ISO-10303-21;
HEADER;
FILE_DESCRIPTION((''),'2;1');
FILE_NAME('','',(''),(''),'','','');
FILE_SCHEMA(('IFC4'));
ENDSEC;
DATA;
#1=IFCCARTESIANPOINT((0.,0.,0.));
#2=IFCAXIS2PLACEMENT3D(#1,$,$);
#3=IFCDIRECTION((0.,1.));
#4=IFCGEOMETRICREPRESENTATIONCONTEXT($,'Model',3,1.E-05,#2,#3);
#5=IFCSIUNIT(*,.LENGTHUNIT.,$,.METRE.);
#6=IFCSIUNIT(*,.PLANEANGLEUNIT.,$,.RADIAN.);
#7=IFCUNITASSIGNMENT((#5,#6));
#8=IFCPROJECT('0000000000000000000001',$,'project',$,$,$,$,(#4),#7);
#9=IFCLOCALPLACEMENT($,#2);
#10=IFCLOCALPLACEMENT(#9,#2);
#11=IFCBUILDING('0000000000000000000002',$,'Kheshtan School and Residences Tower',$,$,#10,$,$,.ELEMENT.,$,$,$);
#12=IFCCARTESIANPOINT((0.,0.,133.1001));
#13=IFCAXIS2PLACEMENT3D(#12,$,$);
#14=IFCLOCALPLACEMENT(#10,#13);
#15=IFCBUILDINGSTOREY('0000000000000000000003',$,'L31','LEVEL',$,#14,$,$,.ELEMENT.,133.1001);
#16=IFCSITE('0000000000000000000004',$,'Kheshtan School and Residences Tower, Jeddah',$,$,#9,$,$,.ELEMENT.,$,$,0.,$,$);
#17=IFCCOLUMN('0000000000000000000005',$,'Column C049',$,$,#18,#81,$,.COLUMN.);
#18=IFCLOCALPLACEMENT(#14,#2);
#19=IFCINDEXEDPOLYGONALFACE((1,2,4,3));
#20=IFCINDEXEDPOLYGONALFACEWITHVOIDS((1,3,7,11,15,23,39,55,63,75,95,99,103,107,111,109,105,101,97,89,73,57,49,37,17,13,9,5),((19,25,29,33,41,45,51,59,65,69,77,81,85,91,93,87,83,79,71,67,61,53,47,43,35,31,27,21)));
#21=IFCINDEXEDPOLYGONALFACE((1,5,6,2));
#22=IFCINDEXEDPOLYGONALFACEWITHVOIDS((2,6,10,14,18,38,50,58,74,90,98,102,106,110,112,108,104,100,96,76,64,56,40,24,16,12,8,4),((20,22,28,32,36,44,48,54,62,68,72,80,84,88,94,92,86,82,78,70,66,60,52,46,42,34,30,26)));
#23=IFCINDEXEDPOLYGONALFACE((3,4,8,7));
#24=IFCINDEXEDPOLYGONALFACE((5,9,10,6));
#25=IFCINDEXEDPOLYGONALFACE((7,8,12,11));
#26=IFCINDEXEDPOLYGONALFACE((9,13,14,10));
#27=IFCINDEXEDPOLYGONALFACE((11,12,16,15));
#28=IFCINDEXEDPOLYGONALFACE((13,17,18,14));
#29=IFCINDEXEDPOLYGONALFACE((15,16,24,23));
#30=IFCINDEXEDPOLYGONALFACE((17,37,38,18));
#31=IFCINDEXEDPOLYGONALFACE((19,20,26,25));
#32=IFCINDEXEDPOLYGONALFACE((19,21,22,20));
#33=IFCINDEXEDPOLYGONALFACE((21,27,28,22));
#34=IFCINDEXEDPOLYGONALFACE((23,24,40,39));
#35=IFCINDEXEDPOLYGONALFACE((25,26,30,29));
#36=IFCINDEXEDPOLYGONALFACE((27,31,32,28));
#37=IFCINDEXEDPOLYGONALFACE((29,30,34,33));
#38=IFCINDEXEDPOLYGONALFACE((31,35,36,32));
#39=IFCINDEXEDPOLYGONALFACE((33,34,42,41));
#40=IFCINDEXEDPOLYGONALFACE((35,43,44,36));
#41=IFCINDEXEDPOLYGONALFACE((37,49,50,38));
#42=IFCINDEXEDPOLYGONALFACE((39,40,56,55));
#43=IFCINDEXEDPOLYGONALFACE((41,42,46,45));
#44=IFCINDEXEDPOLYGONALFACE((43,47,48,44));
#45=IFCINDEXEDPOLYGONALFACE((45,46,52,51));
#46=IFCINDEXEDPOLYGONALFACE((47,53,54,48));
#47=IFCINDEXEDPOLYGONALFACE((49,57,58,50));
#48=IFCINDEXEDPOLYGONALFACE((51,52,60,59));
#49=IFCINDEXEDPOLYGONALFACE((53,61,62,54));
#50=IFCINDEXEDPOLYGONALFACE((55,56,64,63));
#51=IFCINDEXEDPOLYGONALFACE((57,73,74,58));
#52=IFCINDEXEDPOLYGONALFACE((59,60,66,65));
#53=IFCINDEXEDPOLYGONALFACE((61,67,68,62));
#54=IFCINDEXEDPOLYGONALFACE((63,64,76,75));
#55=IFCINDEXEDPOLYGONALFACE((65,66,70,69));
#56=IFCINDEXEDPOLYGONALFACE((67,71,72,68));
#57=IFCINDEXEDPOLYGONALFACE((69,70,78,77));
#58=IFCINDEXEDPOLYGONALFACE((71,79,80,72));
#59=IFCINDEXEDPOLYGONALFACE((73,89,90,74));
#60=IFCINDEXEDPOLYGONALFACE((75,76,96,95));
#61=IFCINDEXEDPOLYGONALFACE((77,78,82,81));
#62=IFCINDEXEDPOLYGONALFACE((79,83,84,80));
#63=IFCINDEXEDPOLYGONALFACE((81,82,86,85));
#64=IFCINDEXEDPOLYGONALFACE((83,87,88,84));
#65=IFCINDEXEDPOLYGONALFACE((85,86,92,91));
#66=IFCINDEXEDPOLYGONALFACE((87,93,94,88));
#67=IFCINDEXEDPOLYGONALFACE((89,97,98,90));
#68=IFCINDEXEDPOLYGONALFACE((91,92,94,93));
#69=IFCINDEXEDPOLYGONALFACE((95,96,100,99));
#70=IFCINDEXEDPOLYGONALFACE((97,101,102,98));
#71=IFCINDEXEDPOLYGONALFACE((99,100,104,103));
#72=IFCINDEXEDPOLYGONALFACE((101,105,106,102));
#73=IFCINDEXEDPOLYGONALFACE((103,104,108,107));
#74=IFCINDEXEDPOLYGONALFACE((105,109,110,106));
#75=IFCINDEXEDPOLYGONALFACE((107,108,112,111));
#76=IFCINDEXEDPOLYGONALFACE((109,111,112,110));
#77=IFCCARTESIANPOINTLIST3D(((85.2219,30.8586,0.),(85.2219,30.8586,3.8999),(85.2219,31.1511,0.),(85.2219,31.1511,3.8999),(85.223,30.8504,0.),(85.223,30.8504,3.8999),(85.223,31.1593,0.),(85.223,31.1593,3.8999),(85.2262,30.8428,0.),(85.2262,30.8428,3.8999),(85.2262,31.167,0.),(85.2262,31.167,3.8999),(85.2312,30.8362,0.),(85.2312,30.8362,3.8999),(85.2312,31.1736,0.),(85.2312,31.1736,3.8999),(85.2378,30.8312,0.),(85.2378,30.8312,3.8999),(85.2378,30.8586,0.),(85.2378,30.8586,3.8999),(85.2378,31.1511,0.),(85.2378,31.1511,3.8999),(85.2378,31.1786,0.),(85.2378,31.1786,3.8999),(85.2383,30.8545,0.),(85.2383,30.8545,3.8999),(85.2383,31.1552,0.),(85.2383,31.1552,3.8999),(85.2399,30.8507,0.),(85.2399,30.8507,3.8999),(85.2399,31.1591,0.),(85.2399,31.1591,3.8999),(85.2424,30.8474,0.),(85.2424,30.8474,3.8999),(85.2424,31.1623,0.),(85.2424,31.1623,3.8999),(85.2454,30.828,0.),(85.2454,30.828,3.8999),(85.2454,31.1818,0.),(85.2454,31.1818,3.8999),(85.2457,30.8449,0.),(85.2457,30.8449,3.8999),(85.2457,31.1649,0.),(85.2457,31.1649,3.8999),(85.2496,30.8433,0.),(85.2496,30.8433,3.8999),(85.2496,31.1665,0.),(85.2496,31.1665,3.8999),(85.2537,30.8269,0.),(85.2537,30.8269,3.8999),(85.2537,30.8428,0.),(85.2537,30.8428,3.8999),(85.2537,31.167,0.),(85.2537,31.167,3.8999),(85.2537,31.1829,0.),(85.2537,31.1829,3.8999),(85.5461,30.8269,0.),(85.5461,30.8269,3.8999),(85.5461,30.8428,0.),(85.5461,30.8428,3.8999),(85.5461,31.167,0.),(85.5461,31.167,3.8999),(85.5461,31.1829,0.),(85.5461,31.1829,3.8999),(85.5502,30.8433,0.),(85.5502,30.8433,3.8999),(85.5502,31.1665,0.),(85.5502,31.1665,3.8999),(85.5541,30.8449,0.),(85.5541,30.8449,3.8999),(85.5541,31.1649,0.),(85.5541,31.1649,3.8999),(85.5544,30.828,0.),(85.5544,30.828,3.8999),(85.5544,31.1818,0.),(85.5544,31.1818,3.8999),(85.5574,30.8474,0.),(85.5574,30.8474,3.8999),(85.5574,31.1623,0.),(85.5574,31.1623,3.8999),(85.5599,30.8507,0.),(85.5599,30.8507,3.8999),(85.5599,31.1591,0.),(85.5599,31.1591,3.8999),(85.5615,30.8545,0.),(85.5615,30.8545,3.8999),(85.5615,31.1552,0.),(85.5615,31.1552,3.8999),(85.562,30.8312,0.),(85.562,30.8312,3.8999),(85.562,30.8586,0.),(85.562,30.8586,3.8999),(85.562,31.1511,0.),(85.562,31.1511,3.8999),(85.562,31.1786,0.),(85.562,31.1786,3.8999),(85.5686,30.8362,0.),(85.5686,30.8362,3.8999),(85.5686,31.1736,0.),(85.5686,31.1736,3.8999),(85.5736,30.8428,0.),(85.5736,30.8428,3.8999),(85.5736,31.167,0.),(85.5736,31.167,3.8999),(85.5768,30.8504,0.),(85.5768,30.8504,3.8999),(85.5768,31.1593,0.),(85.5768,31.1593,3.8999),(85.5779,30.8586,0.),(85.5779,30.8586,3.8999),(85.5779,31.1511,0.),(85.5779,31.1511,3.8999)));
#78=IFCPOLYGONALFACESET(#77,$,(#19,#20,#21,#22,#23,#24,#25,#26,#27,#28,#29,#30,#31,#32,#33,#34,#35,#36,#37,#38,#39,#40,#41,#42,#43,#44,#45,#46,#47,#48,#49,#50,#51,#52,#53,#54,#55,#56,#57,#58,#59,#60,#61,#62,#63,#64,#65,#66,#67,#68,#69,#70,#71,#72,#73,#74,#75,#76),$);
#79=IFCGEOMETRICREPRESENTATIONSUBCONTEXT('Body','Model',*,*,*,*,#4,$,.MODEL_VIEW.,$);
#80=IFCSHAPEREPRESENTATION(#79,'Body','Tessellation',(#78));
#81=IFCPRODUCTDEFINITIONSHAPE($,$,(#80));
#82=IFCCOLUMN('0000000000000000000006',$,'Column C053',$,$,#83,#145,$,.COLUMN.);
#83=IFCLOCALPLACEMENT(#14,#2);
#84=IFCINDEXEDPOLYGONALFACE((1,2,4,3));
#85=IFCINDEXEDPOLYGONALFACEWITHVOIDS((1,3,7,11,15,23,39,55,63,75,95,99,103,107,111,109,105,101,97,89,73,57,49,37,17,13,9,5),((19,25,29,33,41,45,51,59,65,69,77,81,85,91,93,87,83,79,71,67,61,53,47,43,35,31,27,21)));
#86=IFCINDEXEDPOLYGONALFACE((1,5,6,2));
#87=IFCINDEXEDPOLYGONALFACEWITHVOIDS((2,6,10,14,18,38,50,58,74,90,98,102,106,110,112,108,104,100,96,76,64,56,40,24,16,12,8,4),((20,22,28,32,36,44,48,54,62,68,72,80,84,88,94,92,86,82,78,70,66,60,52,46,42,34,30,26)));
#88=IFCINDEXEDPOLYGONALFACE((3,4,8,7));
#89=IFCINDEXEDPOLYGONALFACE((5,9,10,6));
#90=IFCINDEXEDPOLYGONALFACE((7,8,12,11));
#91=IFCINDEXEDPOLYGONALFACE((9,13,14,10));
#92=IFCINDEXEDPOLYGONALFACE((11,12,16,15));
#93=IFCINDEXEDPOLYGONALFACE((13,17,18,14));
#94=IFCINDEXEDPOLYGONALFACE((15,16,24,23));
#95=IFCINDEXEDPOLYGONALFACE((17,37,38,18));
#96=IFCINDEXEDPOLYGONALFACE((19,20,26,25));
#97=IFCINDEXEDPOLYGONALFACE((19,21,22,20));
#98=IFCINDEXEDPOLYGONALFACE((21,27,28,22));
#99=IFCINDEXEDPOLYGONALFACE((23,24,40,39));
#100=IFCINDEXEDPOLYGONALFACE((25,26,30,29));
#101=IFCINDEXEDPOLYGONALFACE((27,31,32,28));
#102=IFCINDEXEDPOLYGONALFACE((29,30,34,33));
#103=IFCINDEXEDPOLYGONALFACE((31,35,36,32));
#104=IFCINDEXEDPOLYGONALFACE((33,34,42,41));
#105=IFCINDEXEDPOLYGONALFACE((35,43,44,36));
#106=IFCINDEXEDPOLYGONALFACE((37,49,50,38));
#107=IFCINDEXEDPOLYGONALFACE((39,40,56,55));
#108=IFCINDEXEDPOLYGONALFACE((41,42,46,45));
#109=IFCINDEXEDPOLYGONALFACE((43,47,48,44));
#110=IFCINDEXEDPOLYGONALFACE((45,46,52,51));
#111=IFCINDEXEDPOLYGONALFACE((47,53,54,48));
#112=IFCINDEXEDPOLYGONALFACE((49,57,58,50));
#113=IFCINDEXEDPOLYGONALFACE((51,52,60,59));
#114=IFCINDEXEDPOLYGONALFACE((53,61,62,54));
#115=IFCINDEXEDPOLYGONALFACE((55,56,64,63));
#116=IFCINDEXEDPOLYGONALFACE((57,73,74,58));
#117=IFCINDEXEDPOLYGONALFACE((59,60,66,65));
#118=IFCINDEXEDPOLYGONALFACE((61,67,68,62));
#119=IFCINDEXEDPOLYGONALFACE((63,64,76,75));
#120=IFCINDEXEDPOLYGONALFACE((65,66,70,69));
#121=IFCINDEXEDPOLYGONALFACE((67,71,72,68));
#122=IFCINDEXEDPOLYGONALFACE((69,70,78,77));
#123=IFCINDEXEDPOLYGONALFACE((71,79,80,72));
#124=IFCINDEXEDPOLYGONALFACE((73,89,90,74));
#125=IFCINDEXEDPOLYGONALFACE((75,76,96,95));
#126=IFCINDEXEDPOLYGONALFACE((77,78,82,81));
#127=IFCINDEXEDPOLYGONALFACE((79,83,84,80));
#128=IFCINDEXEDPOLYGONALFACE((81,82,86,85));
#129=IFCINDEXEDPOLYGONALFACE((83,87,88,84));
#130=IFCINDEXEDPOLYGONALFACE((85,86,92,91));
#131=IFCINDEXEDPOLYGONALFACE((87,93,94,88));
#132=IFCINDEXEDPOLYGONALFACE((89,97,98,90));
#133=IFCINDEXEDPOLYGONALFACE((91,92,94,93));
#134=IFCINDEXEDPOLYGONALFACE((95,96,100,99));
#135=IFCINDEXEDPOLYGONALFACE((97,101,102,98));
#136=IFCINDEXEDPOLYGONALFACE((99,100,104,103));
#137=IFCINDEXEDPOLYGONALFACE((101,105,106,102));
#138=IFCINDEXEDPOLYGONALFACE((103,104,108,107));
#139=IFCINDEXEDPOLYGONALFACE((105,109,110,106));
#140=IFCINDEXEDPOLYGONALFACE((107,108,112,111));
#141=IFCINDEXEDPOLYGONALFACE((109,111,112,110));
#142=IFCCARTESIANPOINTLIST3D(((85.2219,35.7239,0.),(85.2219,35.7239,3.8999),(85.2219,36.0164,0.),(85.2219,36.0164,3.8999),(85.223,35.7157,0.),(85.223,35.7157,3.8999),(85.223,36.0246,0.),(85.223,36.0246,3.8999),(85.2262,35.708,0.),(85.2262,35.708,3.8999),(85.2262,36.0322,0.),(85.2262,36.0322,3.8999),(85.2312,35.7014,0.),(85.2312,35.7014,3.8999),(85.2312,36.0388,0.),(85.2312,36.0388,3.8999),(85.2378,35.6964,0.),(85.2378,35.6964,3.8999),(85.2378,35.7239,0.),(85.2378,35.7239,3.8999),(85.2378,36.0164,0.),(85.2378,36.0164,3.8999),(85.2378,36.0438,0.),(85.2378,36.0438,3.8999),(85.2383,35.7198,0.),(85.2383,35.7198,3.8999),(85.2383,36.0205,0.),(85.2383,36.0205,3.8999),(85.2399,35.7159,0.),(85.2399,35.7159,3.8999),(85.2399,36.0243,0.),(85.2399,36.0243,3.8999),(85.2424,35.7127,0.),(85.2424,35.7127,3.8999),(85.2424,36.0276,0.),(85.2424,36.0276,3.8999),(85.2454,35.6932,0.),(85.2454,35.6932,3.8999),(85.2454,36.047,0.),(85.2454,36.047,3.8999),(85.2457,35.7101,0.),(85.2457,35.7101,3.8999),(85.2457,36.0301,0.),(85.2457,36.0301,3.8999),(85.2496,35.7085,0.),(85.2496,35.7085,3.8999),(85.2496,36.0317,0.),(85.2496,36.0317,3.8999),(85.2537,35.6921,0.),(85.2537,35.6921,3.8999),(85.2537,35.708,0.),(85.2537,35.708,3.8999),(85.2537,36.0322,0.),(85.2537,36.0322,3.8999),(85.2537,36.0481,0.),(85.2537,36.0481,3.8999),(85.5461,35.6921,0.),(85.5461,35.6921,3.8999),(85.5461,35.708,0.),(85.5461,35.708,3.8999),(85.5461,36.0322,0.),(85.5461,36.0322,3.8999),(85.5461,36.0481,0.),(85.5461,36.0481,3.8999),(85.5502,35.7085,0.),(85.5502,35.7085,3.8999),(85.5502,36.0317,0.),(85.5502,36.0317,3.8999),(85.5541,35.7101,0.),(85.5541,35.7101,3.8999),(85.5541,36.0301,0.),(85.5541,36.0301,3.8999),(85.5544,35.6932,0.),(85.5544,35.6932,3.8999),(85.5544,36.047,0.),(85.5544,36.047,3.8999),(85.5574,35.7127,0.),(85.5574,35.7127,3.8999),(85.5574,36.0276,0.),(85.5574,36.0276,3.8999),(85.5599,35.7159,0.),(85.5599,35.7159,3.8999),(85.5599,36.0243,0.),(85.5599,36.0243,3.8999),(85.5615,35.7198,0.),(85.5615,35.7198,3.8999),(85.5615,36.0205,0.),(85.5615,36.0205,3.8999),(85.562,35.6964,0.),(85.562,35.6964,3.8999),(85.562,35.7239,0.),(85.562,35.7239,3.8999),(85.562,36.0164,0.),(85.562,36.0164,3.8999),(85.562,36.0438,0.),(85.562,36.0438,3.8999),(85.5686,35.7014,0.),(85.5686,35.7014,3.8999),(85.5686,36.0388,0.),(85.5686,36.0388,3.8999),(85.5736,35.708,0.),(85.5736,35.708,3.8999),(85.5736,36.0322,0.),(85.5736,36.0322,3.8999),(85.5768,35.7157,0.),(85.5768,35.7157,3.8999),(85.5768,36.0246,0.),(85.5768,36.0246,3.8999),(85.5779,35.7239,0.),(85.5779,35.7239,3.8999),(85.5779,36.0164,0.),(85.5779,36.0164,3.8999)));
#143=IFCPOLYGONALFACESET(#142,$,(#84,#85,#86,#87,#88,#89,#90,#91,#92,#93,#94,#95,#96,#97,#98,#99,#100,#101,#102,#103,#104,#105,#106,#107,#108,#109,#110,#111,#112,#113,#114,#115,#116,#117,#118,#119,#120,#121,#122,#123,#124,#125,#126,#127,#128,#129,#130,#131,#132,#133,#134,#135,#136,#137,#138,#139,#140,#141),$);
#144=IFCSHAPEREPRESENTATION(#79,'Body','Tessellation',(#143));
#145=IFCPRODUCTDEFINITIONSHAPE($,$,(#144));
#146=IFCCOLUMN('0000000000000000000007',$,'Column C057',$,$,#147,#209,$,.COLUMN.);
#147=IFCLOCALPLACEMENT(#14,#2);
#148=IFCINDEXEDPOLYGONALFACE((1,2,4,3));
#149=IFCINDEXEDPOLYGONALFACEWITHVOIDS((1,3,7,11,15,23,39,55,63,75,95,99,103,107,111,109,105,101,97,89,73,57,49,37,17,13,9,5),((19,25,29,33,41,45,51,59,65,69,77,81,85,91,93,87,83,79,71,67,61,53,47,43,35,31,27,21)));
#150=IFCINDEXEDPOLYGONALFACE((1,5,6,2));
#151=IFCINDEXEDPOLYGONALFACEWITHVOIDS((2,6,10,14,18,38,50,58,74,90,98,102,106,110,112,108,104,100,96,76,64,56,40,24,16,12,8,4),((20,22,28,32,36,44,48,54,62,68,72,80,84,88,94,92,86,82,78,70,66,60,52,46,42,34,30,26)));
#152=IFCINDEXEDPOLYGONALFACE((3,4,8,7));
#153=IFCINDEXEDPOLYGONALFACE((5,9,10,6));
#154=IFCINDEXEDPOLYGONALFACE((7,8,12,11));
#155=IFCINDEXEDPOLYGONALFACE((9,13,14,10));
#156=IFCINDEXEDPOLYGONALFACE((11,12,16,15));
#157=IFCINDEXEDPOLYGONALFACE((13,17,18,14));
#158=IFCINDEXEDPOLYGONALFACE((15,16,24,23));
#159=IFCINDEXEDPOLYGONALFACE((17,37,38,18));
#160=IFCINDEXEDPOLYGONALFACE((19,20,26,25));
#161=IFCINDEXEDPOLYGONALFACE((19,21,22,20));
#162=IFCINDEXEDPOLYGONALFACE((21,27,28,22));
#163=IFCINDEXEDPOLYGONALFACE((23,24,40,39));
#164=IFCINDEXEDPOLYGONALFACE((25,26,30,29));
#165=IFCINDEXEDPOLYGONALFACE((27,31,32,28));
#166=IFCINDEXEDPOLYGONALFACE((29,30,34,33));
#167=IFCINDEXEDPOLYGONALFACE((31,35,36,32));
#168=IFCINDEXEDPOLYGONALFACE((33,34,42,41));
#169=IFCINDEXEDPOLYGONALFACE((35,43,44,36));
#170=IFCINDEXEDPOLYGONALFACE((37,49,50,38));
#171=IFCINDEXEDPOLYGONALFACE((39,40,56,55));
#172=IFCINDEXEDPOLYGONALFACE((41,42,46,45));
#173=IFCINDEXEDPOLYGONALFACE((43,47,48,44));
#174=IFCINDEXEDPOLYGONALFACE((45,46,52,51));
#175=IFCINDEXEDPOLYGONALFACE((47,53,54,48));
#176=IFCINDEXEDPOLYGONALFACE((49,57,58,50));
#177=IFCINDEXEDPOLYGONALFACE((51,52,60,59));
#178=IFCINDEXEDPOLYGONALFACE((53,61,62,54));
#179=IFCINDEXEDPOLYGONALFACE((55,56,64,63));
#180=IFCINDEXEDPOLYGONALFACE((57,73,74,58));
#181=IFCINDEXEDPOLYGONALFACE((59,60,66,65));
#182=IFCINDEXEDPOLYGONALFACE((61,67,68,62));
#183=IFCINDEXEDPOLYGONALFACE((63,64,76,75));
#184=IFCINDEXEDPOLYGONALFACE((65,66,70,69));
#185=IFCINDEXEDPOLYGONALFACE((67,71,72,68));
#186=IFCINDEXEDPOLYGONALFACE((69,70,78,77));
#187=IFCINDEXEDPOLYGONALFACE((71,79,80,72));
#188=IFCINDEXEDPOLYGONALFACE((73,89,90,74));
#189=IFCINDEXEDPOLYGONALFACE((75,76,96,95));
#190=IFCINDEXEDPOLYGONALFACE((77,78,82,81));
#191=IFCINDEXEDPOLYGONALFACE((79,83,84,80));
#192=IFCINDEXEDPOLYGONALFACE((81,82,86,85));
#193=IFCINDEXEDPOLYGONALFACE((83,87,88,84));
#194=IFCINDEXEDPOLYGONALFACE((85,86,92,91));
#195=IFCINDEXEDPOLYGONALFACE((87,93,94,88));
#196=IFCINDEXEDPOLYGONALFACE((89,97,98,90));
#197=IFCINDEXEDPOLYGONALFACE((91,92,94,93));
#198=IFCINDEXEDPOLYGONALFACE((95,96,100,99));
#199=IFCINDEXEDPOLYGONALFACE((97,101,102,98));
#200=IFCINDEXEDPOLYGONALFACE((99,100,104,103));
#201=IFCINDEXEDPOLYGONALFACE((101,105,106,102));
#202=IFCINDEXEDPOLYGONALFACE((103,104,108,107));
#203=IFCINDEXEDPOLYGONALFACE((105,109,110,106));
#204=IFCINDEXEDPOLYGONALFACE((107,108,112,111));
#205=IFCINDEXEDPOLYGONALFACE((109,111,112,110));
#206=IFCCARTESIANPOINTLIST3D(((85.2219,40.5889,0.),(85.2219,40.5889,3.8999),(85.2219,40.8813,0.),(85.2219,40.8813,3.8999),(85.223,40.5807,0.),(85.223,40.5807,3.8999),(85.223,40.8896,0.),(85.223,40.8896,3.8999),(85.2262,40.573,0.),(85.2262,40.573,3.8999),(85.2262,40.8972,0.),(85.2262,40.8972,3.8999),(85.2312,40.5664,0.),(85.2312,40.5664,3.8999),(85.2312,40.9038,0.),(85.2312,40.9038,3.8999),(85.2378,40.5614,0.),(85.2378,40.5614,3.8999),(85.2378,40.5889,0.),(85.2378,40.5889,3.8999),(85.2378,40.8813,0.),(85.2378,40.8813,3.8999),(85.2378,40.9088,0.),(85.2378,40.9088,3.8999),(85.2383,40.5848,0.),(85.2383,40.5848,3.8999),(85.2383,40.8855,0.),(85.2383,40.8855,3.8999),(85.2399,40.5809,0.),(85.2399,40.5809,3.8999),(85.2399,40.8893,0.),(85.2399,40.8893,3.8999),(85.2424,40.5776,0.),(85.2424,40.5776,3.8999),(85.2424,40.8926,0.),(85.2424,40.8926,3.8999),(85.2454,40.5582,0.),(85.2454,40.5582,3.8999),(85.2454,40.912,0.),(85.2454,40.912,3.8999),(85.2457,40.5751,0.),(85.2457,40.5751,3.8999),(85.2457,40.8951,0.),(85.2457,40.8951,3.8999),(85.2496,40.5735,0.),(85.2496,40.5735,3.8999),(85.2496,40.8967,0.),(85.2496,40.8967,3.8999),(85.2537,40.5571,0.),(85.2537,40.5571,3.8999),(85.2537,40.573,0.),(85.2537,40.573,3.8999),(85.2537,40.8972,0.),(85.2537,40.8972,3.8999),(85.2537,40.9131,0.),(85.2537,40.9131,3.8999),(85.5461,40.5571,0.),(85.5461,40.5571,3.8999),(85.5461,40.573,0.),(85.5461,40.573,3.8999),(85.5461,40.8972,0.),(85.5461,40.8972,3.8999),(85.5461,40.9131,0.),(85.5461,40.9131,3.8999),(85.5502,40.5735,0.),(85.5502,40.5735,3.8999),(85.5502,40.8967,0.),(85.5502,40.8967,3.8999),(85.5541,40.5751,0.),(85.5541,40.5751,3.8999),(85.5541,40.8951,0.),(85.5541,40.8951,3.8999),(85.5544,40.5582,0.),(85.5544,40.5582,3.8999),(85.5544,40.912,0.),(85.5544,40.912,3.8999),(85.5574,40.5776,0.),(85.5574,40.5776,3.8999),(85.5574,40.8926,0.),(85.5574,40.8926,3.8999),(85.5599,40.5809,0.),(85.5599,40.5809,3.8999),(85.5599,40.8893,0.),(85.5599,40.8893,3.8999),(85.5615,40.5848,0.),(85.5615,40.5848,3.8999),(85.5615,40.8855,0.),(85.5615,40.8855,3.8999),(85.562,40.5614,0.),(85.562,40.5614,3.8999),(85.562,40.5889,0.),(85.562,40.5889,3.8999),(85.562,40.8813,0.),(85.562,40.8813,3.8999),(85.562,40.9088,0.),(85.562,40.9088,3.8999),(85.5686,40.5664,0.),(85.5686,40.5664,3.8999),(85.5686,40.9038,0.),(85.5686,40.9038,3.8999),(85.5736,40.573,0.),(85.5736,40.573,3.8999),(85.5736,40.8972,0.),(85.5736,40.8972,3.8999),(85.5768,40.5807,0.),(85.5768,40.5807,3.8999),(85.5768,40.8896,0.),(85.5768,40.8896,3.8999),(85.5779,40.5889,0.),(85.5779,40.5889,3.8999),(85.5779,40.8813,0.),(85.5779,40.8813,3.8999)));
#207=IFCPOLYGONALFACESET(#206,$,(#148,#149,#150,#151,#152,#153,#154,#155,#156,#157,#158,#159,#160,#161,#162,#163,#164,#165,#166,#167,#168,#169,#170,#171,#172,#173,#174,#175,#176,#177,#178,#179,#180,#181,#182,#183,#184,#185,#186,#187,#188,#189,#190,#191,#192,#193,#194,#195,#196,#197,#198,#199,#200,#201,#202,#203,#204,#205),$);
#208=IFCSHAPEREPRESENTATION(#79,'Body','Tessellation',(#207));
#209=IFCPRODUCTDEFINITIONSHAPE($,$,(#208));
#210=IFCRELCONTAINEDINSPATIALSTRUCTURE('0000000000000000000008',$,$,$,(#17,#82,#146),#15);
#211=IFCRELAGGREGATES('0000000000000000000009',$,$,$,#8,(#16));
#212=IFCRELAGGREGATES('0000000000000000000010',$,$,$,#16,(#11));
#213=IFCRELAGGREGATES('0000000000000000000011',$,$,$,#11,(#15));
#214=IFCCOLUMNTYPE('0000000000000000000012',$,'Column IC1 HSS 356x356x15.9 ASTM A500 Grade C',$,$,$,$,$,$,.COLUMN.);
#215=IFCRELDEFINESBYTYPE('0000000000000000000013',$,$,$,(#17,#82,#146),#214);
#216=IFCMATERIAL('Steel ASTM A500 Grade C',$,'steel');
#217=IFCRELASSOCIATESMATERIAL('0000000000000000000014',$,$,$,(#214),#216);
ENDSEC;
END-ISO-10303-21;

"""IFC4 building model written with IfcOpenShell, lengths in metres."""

from ifc_helpers import new_model, si_unit, direction, frame, origin, origin_2d, place, context, subcontext, project, spatial, hollow_rectangle, extrude, material, material_profile, profile_set, type_object, element, save


model = new_model("IFC4")

# Units and contexts
model_context = context("Model", 3, precision=1e-05, world=origin(), true_north=direction((0.0, 1.0)))
body_context = subcontext(model_context, "Body", "Model", "MODEL_VIEW")
ifc_project = project(units=[si_unit("LENGTHUNIT", "METRE"), si_unit("PLANEANGLEUNIT", "RADIAN")], contexts=[model_context])

# Site, building, storey
site_placement = place(None, origin())
site = spatial("IfcSite", under=ifc_project, at=site_placement, Name="Kheshtan School and Residences Tower, Jeddah", CompositionType="ELEMENT", RefElevation=0.0)
building_placement = place(site_placement, origin())
building = spatial("IfcBuilding", under=site, at=building_placement, Name="Kheshtan School and Residences Tower", CompositionType="ELEMENT")
storey_placement = place(building_placement, frame((0.0, 0.0, 133.1001)))
storey = spatial("IfcBuildingStorey", under=building, at=storey_placement, Name="L31", Description="LEVEL", CompositionType="ELEMENT", Elevation=133.1001)

# Columns
ifc_material_1 = material(Name="Steel ASTM A500 Grade C", Category="steel")
ifc_material_profile_1 = material_profile(ifc_material_1, hollow_rectangle(XDim=0.356, YDim=0.356, WallThickness=0.0159, InnerFilletRadius=0.0159, OuterFilletRadius=0.0317, at=origin_2d()), Name="HSS 356x356x15.9")
ifc_profile_set_1 = profile_set([ifc_material_profile_1], Name="Steel ASTM A500 Grade C")
column_type = type_object("IfcColumnType", Name="Column IC1 HSS 356x356x15.9 ASTM A500 Grade C", PredefinedType="COLUMN", material=ifc_profile_set_1)
for number, where, z_axis, x_axis, name in (
    (1, (85.3999, 31.0049, 0.0), (0.0, 0.0, 1.0), (1.0, 0.0, 0.0), "Column C049"),
    (2, (85.3999, 35.8701, 0.0), (0.0, 0.0, 1.0), (1.0, 0.0, 0.0), "Column C053"),
    (3, (85.3999, 40.7351, 0.0), (0.0, 0.0, 1.0), (1.0, 0.0, 0.0), "Column C057"),
):
    element("IfcColumn", number, at=place(storey_placement, frame(where, z_axis=z_axis, x_axis=x_axis)), inside=storey, type_object=column_type, Name=name, PredefinedType="COLUMN", context=body_context, shape_type="SweptSolid", body=[
        extrude(hollow_rectangle(XDim=0.356, YDim=0.356, WallThickness=0.0159, InnerFilletRadius=0.0159, OuterFilletRadius=0.0317, at=origin_2d()), origin(), (0.0, 0.0, 1.0), 3.8999),
    ])

save(model, "model.ifc")
